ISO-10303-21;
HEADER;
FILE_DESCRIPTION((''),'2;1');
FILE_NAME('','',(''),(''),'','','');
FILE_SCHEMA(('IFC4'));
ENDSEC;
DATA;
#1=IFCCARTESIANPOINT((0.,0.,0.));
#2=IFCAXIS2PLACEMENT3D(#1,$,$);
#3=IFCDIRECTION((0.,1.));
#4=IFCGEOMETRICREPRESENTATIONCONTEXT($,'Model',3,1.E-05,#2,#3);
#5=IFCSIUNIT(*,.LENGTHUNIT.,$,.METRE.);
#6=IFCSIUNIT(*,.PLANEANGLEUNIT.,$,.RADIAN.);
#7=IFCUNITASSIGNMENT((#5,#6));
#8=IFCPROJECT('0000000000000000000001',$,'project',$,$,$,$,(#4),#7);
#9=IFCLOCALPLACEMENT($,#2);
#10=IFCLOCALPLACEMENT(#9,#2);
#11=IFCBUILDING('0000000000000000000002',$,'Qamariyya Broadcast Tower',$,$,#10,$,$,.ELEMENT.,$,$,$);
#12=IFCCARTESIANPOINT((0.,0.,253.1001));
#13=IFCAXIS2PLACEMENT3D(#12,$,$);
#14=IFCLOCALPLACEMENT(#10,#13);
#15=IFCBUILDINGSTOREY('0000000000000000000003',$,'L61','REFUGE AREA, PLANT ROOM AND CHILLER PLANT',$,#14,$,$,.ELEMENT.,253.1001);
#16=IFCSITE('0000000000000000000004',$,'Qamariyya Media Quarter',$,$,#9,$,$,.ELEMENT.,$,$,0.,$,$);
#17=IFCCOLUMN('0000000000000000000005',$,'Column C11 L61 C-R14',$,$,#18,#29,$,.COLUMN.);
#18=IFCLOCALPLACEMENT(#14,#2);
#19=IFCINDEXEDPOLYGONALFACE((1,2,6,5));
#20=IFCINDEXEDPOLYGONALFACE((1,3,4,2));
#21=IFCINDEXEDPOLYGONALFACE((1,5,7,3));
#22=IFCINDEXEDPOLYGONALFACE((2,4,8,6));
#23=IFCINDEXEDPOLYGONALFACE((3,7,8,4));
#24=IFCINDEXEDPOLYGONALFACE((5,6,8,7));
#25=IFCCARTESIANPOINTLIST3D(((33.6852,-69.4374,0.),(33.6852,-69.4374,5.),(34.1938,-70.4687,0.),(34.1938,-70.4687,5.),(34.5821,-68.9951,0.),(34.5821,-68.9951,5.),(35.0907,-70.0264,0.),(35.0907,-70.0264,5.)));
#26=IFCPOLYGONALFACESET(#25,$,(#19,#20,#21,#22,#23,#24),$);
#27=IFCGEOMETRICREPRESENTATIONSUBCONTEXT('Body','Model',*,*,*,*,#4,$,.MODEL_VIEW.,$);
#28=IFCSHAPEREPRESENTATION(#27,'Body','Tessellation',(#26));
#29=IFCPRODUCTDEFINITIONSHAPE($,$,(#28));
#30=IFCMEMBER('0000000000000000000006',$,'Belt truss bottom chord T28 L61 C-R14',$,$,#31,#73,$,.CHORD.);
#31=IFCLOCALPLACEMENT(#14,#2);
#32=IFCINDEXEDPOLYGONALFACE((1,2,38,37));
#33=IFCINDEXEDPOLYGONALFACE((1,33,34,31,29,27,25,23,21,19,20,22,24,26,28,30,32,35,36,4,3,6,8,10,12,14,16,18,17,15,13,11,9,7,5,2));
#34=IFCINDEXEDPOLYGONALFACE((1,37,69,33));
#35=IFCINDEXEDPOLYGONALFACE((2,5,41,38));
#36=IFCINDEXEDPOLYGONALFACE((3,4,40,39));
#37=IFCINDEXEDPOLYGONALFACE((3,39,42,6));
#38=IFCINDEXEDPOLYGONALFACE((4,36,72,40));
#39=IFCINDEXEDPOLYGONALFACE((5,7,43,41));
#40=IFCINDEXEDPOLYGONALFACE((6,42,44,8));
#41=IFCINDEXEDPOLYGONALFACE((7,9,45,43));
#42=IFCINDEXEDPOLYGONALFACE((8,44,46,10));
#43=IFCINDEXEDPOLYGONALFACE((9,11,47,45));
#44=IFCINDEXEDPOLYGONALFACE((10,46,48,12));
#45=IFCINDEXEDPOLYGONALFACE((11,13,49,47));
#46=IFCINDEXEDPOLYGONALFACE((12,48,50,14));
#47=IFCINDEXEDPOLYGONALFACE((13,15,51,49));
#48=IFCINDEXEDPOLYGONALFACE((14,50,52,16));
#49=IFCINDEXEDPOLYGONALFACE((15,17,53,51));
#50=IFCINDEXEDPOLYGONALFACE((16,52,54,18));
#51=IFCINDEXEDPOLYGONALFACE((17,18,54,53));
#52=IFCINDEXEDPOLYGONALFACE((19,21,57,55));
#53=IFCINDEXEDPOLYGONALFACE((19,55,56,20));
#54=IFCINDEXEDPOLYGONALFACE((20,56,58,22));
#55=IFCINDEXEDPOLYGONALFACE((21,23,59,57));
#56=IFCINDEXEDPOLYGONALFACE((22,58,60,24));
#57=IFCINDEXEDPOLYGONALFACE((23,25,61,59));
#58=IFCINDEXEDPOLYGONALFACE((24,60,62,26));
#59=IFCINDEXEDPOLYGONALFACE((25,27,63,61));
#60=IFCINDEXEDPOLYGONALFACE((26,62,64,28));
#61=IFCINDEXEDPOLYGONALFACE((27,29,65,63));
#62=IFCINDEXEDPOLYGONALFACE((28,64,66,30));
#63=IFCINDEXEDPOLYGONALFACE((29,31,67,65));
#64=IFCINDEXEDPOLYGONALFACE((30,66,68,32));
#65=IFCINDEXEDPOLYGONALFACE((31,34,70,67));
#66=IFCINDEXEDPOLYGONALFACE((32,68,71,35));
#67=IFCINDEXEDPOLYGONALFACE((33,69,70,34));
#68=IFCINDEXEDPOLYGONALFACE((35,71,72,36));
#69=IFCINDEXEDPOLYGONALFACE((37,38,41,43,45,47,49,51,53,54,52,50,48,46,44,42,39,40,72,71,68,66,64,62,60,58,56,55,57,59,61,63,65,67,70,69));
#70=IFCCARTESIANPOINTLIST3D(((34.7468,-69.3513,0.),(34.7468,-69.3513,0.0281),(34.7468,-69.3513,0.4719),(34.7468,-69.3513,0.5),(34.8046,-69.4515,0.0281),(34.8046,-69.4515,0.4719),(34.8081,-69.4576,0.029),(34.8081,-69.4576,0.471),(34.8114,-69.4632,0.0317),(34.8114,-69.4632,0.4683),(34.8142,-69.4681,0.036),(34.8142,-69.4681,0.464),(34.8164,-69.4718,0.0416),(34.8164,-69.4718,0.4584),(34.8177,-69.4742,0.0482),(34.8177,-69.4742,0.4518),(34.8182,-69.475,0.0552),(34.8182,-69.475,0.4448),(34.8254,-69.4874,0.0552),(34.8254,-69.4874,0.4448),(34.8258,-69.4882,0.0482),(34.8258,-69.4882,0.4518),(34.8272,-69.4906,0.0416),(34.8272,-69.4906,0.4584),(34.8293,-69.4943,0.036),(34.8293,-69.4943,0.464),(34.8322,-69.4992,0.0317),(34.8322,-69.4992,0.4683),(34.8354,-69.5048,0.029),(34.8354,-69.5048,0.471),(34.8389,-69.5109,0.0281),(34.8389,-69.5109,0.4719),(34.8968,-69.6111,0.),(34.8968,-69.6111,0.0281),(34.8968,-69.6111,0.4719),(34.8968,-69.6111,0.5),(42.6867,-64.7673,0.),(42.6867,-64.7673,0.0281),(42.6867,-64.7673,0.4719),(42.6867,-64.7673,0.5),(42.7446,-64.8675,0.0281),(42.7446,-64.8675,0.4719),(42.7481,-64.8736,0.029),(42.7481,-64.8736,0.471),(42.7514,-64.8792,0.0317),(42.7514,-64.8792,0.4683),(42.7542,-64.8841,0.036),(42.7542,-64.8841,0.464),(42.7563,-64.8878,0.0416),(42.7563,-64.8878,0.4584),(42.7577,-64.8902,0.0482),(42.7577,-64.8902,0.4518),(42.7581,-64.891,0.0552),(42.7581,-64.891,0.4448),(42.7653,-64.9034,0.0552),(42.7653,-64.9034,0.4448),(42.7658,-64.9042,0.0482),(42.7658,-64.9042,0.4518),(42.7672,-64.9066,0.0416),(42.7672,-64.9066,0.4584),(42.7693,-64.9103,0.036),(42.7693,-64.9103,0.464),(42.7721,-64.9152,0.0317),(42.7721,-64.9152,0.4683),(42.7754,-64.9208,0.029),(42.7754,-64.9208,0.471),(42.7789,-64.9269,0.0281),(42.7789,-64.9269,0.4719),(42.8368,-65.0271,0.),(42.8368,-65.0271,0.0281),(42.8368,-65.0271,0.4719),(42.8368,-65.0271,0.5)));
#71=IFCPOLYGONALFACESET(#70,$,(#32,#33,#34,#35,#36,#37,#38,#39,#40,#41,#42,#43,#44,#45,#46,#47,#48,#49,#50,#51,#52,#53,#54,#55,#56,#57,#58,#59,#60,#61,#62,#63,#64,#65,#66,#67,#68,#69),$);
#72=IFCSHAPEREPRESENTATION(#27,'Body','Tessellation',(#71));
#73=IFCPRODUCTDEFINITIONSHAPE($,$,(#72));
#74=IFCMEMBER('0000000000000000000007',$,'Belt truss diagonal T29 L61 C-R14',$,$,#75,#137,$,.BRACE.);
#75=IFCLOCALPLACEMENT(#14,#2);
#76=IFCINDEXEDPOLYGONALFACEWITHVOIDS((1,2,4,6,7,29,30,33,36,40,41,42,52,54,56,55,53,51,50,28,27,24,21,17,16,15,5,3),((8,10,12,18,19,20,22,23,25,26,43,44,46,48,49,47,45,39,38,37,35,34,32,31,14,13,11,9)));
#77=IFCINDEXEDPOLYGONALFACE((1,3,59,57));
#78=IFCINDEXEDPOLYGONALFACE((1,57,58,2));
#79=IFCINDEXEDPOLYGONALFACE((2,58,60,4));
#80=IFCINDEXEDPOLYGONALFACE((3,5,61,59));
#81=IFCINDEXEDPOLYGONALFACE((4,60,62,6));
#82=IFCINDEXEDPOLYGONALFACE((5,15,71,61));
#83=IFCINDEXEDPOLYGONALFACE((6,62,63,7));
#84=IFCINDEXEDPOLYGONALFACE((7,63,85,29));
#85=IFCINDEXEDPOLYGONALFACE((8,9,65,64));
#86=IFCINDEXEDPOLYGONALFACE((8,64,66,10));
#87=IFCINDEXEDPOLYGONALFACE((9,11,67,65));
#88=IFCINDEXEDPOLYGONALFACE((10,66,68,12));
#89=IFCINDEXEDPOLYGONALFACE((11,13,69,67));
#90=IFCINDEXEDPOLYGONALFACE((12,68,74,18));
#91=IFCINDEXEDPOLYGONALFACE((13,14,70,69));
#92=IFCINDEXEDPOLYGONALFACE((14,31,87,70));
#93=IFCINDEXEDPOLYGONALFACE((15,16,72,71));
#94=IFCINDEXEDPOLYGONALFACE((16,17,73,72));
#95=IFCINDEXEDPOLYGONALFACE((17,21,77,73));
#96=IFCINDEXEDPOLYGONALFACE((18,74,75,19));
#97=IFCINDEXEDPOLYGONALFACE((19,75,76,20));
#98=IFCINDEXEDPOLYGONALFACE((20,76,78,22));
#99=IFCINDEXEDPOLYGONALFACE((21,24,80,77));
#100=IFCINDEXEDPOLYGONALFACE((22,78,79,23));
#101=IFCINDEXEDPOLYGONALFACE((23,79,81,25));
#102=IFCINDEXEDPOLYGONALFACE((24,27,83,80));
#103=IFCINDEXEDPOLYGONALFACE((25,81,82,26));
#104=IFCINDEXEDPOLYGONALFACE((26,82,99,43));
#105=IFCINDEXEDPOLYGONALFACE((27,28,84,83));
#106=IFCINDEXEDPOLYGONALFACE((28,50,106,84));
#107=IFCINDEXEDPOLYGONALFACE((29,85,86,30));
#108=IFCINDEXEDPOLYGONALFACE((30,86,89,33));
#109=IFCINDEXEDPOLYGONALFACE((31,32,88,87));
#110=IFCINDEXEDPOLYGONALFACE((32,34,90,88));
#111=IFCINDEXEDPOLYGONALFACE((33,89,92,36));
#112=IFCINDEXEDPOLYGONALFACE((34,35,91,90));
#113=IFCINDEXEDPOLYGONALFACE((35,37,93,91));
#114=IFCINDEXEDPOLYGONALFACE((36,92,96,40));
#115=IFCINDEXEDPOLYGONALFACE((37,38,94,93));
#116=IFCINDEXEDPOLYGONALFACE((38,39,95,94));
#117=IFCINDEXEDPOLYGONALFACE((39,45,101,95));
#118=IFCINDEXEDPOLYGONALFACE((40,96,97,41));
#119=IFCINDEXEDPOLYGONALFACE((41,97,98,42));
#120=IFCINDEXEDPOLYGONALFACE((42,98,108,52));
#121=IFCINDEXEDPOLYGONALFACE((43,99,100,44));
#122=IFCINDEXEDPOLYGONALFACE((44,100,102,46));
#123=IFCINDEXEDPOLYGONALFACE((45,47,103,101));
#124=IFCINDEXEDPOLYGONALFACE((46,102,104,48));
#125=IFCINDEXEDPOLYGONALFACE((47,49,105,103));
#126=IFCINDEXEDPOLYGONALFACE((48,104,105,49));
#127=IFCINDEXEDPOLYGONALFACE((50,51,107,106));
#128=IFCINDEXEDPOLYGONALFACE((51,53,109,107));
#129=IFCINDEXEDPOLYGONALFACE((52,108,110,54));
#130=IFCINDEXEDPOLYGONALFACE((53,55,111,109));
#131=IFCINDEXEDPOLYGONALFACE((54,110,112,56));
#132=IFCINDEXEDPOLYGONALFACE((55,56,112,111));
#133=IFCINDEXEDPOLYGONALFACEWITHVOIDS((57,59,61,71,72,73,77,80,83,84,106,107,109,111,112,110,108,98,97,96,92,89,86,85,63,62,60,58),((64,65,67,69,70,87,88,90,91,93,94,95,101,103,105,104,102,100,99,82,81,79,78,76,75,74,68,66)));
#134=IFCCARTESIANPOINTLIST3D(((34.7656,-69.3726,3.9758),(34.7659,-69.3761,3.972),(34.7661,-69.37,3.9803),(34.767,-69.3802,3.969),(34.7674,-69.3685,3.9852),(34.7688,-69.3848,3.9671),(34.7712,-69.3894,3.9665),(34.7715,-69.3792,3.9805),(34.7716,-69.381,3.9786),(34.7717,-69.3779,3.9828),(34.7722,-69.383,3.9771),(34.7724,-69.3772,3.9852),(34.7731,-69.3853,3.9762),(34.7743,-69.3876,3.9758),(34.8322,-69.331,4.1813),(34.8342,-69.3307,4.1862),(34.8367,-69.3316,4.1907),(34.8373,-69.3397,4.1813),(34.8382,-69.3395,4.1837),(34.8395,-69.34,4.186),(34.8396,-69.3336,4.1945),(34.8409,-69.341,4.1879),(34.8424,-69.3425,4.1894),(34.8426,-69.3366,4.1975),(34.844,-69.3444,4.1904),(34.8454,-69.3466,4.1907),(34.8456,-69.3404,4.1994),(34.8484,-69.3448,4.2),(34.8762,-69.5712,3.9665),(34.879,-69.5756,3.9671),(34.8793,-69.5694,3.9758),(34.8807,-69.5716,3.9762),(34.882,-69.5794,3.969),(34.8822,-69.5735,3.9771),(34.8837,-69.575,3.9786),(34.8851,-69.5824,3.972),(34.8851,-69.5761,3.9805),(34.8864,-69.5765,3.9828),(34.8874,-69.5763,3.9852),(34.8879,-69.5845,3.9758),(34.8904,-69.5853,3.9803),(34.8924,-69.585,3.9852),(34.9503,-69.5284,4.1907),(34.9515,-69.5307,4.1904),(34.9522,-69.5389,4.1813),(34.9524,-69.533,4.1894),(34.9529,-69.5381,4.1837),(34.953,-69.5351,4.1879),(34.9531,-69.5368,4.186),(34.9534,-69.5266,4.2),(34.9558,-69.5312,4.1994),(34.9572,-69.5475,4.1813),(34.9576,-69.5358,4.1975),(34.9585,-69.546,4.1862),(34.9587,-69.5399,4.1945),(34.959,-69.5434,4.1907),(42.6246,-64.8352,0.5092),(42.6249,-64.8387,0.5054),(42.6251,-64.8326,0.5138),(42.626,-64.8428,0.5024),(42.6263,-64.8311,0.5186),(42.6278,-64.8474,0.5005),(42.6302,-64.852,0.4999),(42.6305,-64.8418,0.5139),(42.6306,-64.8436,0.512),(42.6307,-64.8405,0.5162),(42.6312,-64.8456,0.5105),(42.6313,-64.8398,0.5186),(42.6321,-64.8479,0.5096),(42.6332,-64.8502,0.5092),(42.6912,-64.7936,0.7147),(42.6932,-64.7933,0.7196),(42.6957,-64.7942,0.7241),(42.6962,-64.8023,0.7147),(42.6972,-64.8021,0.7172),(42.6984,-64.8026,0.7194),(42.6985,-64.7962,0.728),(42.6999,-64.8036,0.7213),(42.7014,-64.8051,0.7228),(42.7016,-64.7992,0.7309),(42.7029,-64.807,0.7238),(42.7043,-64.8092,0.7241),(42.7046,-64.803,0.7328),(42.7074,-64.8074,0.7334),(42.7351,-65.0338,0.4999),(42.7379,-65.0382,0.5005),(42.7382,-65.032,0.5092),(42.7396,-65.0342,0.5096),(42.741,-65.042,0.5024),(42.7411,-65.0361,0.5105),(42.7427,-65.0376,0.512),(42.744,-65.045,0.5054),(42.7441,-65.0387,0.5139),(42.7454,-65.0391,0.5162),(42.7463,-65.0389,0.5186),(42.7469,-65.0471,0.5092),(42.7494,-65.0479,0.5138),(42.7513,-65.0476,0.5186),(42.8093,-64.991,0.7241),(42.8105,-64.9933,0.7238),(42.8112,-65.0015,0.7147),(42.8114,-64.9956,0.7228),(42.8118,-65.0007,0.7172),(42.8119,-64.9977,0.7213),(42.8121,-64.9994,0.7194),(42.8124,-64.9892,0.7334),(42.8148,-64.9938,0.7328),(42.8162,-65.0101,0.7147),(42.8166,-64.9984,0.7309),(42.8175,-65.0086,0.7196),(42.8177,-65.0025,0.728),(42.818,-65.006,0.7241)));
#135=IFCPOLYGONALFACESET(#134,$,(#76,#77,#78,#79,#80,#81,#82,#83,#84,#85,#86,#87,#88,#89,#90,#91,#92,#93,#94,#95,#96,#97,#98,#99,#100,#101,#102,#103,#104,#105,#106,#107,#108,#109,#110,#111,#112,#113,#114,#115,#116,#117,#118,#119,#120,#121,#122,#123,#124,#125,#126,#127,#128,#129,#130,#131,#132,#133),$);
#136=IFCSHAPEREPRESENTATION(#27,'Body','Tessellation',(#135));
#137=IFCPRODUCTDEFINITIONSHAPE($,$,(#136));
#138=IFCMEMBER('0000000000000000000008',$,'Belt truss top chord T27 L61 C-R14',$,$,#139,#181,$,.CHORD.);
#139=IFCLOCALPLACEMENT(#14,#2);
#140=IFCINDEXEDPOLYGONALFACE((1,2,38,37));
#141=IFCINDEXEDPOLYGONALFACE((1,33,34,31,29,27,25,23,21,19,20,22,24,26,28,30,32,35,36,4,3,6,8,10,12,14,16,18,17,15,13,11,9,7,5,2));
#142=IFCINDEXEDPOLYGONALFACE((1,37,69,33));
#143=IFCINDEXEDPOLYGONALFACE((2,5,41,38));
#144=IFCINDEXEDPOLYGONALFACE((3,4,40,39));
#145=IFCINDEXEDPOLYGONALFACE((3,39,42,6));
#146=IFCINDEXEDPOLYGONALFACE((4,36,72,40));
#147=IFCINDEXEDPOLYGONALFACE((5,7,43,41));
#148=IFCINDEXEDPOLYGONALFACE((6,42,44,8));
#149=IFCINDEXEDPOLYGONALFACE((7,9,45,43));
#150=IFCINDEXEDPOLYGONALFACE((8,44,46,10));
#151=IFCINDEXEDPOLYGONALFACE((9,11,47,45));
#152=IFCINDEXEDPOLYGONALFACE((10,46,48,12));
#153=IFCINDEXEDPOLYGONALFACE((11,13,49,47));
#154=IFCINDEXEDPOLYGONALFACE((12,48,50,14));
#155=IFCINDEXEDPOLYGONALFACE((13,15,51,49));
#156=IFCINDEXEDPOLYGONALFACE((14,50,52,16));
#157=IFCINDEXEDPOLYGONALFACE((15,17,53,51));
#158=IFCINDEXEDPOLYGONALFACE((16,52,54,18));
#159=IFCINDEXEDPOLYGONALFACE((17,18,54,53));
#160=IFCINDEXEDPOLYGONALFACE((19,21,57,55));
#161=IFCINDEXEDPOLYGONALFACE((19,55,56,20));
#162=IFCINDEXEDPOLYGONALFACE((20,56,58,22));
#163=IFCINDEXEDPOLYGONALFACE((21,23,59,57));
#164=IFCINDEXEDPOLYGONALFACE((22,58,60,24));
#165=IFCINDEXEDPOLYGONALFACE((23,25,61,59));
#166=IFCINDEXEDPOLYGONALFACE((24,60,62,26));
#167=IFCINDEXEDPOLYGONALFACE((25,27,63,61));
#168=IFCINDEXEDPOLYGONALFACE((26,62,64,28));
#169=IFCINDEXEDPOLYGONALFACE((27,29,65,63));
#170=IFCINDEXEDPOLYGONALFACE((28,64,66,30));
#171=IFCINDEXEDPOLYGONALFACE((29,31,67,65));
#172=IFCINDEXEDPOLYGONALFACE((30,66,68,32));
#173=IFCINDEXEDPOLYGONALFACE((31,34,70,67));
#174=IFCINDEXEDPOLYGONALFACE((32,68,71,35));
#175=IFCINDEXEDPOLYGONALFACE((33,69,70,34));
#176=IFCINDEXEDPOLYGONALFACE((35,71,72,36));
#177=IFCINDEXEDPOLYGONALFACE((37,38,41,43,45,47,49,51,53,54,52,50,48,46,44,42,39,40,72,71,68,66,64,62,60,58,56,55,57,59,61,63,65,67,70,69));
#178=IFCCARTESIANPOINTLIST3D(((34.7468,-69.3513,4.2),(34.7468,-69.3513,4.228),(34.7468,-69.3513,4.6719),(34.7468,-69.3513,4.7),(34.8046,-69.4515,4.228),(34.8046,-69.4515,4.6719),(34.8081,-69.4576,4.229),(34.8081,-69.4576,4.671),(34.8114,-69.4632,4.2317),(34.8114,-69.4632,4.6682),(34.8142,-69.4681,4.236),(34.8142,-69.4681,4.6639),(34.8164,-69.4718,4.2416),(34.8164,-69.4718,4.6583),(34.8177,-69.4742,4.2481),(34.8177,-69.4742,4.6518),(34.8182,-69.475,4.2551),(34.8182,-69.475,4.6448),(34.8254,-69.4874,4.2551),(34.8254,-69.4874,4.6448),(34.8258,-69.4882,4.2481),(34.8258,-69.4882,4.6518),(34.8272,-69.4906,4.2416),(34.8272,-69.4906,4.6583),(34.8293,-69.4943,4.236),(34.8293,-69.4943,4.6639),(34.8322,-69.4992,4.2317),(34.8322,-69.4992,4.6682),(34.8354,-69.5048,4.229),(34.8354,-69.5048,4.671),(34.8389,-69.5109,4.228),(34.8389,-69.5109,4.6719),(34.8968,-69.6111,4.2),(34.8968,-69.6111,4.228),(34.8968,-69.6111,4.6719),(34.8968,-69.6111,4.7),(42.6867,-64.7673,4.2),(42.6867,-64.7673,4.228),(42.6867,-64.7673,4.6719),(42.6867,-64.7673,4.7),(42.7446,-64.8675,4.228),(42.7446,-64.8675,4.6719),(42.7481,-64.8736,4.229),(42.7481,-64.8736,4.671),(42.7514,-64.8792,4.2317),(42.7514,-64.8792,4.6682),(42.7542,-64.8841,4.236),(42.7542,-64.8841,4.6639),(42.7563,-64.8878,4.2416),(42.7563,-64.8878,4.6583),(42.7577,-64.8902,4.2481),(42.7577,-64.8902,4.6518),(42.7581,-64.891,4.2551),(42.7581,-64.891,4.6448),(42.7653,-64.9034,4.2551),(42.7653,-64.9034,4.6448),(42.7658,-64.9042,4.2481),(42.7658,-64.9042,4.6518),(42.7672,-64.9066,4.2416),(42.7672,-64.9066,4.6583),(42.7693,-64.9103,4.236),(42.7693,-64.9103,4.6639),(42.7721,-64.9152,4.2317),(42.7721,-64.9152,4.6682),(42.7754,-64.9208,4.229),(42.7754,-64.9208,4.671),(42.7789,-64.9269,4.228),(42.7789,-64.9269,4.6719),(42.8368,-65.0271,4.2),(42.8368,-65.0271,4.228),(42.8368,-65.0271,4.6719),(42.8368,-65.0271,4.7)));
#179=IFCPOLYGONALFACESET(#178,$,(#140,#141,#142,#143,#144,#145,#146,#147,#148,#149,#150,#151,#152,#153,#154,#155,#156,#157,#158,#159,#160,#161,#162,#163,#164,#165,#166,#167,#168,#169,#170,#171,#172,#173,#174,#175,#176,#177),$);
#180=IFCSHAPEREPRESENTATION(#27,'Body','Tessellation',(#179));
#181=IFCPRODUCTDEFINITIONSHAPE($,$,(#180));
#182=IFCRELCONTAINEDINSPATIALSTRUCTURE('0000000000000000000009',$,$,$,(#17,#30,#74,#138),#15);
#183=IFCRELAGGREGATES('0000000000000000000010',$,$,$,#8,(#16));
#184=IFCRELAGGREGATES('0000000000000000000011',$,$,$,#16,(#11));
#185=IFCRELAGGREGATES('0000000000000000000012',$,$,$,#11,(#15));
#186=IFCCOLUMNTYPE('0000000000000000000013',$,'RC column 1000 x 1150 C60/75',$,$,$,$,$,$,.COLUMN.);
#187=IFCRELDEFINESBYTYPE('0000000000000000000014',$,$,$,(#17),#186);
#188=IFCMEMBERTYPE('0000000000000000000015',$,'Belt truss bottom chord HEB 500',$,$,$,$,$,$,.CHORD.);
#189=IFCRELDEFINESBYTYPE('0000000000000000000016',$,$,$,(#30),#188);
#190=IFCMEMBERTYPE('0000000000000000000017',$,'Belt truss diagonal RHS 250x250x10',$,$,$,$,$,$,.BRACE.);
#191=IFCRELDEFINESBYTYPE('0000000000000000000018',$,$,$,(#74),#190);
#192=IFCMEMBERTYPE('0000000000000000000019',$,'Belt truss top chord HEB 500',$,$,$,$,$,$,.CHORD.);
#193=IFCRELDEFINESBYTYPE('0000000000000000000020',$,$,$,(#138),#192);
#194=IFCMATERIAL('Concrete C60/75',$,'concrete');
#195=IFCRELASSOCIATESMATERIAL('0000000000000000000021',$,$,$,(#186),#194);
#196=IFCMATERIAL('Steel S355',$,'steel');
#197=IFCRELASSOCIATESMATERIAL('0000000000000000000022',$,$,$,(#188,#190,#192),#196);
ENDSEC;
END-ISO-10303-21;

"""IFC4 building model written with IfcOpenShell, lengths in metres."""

from ifc_helpers import new_model, si_unit, direction, frame, origin, origin_2d, place, context, subcontext, project, spatial, rectangle, hollow_rectangle, i_section, extrude, material, material_profile, profile_set, type_object, element, save


model = new_model("IFC4")

# Units and contexts
model_context = context("Model", 3, precision=1e-05, world=origin(), true_north=direction((0.0, 1.0)))
body_context = subcontext(model_context, "Body", "Model", "MODEL_VIEW")
ifc_project = project(units=[si_unit("LENGTHUNIT", "METRE"), si_unit("PLANEANGLEUNIT", "RADIAN")], contexts=[model_context])

# Site, building, storey
site_placement = place(None, origin())
site = spatial("IfcSite", under=ifc_project, at=site_placement, Name="Qamariyya Media Quarter", CompositionType="ELEMENT", RefElevation=0.0)
building_placement = place(site_placement, origin())
building = spatial("IfcBuilding", under=site, at=building_placement, Name="Qamariyya Broadcast Tower", CompositionType="ELEMENT")
storey_placement = place(building_placement, frame((0.0, 0.0, 253.1001)))
storey = spatial("IfcBuildingStorey", under=building, at=storey_placement, Name="L61", Description="REFUGE AREA, PLANT ROOM AND CHILLER PLANT", CompositionType="ELEMENT", Elevation=253.1001)

# Column
ifc_material_1 = material(Name="Concrete C60/75", Category="concrete")
ifc_material_profile_1 = material_profile(ifc_material_1, rectangle(XDim=1.0, YDim=1.1499, at=origin_2d()))
ifc_profile_set_1 = profile_set([ifc_material_profile_1], Name="Concrete C60/75")
column_type = type_object("IfcColumnType", Name="RC column 1000 x 1150 C60/75", PredefinedType="COLUMN", material=ifc_profile_set_1)
column_placement = place(storey_placement, frame((34.3879, -69.7319, 0.0), z_axis=(0.0, 0.0, 1.0), x_axis=(0.896873, 0.442289, 0.0)))
element("IfcColumn", 1, at=column_placement, inside=storey, type_object=column_type, Name="Column C11 L61 C-R14", PredefinedType="COLUMN", context=body_context, shape_type="SweptSolid", body=[
    extrude(rectangle(XDim=1.0, YDim=1.1499, at=origin_2d()), origin(), (0.0, 0.0, 1.0), 5.0),
])

# Members
ifc_material_2 = material(Name="Steel S355", Category="steel")
ifc_material_profile_2 = material_profile(ifc_material_2, i_section(OverallWidth=0.3, OverallDepth=0.5, WebThickness=0.0144, FlangeThickness=0.0281, FilletRadius=0.0271, at=origin_2d()))
ifc_profile_set_2 = profile_set([ifc_material_profile_2], Name="Steel S355")
member_type_1 = type_object("IfcMemberType", Name="Belt truss bottom chord HEB 500", PredefinedType="CHORD", material=ifc_profile_set_2)
member_1_placement = place(storey_placement, frame((34.8218, -69.4812, 0.25), z_axis=(0.866032, 0.499988, 0.0), x_axis=(-0.499988, 0.866032, 0.0)))
element("IfcMember", 2, at=member_1_placement, inside=storey, type_object=member_type_1, Name="Belt truss bottom chord T28 L61 C-R14", PredefinedType="CHORD", context=body_context, shape_type="SweptSolid", body=[
    extrude(i_section(OverallWidth=0.3, OverallDepth=0.5, WebThickness=0.0144, FlangeThickness=0.0281, FilletRadius=0.0271, at=origin_2d()), origin(), (0.0, 0.0, 1.0), 9.1682),
])
ifc_material_profile_3 = material_profile(ifc_material_2, hollow_rectangle(XDim=0.25, YDim=0.25, WallThickness=0.01, InnerFilletRadius=0.01, OuterFilletRadius=0.02, at=origin_2d()))
ifc_profile_set_3 = profile_set([ifc_material_profile_3], Name="Steel S355")
member_type_2 = type_object("IfcMemberType", Name="Belt truss diagonal RHS 250x250x10", PredefinedType="BRACE", material=ifc_profile_set_3)
member_2_placement = place(storey_placement, frame((34.8623, -69.458, 4.0833), z_axis=(0.809006, 0.467082, -0.356852), x_axis=(-0.500002, 0.866024, 0.0)))
element("IfcMember", 3, at=member_2_placement, inside=storey, type_object=member_type_2, Name="Belt truss diagonal T29 L61 C-R14", PredefinedType="BRACE", context=body_context, shape_type="SweptSolid", body=[
    extrude(hollow_rectangle(XDim=0.25, YDim=0.25, WallThickness=0.01, InnerFilletRadius=0.01, OuterFilletRadius=0.02, at=origin_2d()), origin(), (0.0, 0.0, 1.0), 9.7144),
])
ifc_material_profile_4 = material_profile(ifc_material_2, i_section(OverallWidth=0.3, OverallDepth=0.5, WebThickness=0.0144, FlangeThickness=0.0281, FilletRadius=0.0271, at=origin_2d()))
ifc_profile_set_4 = profile_set([ifc_material_profile_4], Name="Steel S355")
member_type_3 = type_object("IfcMemberType", Name="Belt truss top chord HEB 500", PredefinedType="CHORD", material=ifc_profile_set_4)
member_3_placement = place(storey_placement, frame((34.8218, -69.4812, 4.45), z_axis=(0.866032, 0.499988, 0.0), x_axis=(-0.499988, 0.866032, 0.0)))
element("IfcMember", 4, at=member_3_placement, inside=storey, type_object=member_type_3, Name="Belt truss top chord T27 L61 C-R14", PredefinedType="CHORD", context=body_context, shape_type="SweptSolid", body=[
    extrude(i_section(OverallWidth=0.3, OverallDepth=0.5, WebThickness=0.0144, FlangeThickness=0.0281, FilletRadius=0.0271, at=origin_2d()), origin(), (0.0, 0.0, 1.0), 9.1682),
])

save(model, "model.ifc")
